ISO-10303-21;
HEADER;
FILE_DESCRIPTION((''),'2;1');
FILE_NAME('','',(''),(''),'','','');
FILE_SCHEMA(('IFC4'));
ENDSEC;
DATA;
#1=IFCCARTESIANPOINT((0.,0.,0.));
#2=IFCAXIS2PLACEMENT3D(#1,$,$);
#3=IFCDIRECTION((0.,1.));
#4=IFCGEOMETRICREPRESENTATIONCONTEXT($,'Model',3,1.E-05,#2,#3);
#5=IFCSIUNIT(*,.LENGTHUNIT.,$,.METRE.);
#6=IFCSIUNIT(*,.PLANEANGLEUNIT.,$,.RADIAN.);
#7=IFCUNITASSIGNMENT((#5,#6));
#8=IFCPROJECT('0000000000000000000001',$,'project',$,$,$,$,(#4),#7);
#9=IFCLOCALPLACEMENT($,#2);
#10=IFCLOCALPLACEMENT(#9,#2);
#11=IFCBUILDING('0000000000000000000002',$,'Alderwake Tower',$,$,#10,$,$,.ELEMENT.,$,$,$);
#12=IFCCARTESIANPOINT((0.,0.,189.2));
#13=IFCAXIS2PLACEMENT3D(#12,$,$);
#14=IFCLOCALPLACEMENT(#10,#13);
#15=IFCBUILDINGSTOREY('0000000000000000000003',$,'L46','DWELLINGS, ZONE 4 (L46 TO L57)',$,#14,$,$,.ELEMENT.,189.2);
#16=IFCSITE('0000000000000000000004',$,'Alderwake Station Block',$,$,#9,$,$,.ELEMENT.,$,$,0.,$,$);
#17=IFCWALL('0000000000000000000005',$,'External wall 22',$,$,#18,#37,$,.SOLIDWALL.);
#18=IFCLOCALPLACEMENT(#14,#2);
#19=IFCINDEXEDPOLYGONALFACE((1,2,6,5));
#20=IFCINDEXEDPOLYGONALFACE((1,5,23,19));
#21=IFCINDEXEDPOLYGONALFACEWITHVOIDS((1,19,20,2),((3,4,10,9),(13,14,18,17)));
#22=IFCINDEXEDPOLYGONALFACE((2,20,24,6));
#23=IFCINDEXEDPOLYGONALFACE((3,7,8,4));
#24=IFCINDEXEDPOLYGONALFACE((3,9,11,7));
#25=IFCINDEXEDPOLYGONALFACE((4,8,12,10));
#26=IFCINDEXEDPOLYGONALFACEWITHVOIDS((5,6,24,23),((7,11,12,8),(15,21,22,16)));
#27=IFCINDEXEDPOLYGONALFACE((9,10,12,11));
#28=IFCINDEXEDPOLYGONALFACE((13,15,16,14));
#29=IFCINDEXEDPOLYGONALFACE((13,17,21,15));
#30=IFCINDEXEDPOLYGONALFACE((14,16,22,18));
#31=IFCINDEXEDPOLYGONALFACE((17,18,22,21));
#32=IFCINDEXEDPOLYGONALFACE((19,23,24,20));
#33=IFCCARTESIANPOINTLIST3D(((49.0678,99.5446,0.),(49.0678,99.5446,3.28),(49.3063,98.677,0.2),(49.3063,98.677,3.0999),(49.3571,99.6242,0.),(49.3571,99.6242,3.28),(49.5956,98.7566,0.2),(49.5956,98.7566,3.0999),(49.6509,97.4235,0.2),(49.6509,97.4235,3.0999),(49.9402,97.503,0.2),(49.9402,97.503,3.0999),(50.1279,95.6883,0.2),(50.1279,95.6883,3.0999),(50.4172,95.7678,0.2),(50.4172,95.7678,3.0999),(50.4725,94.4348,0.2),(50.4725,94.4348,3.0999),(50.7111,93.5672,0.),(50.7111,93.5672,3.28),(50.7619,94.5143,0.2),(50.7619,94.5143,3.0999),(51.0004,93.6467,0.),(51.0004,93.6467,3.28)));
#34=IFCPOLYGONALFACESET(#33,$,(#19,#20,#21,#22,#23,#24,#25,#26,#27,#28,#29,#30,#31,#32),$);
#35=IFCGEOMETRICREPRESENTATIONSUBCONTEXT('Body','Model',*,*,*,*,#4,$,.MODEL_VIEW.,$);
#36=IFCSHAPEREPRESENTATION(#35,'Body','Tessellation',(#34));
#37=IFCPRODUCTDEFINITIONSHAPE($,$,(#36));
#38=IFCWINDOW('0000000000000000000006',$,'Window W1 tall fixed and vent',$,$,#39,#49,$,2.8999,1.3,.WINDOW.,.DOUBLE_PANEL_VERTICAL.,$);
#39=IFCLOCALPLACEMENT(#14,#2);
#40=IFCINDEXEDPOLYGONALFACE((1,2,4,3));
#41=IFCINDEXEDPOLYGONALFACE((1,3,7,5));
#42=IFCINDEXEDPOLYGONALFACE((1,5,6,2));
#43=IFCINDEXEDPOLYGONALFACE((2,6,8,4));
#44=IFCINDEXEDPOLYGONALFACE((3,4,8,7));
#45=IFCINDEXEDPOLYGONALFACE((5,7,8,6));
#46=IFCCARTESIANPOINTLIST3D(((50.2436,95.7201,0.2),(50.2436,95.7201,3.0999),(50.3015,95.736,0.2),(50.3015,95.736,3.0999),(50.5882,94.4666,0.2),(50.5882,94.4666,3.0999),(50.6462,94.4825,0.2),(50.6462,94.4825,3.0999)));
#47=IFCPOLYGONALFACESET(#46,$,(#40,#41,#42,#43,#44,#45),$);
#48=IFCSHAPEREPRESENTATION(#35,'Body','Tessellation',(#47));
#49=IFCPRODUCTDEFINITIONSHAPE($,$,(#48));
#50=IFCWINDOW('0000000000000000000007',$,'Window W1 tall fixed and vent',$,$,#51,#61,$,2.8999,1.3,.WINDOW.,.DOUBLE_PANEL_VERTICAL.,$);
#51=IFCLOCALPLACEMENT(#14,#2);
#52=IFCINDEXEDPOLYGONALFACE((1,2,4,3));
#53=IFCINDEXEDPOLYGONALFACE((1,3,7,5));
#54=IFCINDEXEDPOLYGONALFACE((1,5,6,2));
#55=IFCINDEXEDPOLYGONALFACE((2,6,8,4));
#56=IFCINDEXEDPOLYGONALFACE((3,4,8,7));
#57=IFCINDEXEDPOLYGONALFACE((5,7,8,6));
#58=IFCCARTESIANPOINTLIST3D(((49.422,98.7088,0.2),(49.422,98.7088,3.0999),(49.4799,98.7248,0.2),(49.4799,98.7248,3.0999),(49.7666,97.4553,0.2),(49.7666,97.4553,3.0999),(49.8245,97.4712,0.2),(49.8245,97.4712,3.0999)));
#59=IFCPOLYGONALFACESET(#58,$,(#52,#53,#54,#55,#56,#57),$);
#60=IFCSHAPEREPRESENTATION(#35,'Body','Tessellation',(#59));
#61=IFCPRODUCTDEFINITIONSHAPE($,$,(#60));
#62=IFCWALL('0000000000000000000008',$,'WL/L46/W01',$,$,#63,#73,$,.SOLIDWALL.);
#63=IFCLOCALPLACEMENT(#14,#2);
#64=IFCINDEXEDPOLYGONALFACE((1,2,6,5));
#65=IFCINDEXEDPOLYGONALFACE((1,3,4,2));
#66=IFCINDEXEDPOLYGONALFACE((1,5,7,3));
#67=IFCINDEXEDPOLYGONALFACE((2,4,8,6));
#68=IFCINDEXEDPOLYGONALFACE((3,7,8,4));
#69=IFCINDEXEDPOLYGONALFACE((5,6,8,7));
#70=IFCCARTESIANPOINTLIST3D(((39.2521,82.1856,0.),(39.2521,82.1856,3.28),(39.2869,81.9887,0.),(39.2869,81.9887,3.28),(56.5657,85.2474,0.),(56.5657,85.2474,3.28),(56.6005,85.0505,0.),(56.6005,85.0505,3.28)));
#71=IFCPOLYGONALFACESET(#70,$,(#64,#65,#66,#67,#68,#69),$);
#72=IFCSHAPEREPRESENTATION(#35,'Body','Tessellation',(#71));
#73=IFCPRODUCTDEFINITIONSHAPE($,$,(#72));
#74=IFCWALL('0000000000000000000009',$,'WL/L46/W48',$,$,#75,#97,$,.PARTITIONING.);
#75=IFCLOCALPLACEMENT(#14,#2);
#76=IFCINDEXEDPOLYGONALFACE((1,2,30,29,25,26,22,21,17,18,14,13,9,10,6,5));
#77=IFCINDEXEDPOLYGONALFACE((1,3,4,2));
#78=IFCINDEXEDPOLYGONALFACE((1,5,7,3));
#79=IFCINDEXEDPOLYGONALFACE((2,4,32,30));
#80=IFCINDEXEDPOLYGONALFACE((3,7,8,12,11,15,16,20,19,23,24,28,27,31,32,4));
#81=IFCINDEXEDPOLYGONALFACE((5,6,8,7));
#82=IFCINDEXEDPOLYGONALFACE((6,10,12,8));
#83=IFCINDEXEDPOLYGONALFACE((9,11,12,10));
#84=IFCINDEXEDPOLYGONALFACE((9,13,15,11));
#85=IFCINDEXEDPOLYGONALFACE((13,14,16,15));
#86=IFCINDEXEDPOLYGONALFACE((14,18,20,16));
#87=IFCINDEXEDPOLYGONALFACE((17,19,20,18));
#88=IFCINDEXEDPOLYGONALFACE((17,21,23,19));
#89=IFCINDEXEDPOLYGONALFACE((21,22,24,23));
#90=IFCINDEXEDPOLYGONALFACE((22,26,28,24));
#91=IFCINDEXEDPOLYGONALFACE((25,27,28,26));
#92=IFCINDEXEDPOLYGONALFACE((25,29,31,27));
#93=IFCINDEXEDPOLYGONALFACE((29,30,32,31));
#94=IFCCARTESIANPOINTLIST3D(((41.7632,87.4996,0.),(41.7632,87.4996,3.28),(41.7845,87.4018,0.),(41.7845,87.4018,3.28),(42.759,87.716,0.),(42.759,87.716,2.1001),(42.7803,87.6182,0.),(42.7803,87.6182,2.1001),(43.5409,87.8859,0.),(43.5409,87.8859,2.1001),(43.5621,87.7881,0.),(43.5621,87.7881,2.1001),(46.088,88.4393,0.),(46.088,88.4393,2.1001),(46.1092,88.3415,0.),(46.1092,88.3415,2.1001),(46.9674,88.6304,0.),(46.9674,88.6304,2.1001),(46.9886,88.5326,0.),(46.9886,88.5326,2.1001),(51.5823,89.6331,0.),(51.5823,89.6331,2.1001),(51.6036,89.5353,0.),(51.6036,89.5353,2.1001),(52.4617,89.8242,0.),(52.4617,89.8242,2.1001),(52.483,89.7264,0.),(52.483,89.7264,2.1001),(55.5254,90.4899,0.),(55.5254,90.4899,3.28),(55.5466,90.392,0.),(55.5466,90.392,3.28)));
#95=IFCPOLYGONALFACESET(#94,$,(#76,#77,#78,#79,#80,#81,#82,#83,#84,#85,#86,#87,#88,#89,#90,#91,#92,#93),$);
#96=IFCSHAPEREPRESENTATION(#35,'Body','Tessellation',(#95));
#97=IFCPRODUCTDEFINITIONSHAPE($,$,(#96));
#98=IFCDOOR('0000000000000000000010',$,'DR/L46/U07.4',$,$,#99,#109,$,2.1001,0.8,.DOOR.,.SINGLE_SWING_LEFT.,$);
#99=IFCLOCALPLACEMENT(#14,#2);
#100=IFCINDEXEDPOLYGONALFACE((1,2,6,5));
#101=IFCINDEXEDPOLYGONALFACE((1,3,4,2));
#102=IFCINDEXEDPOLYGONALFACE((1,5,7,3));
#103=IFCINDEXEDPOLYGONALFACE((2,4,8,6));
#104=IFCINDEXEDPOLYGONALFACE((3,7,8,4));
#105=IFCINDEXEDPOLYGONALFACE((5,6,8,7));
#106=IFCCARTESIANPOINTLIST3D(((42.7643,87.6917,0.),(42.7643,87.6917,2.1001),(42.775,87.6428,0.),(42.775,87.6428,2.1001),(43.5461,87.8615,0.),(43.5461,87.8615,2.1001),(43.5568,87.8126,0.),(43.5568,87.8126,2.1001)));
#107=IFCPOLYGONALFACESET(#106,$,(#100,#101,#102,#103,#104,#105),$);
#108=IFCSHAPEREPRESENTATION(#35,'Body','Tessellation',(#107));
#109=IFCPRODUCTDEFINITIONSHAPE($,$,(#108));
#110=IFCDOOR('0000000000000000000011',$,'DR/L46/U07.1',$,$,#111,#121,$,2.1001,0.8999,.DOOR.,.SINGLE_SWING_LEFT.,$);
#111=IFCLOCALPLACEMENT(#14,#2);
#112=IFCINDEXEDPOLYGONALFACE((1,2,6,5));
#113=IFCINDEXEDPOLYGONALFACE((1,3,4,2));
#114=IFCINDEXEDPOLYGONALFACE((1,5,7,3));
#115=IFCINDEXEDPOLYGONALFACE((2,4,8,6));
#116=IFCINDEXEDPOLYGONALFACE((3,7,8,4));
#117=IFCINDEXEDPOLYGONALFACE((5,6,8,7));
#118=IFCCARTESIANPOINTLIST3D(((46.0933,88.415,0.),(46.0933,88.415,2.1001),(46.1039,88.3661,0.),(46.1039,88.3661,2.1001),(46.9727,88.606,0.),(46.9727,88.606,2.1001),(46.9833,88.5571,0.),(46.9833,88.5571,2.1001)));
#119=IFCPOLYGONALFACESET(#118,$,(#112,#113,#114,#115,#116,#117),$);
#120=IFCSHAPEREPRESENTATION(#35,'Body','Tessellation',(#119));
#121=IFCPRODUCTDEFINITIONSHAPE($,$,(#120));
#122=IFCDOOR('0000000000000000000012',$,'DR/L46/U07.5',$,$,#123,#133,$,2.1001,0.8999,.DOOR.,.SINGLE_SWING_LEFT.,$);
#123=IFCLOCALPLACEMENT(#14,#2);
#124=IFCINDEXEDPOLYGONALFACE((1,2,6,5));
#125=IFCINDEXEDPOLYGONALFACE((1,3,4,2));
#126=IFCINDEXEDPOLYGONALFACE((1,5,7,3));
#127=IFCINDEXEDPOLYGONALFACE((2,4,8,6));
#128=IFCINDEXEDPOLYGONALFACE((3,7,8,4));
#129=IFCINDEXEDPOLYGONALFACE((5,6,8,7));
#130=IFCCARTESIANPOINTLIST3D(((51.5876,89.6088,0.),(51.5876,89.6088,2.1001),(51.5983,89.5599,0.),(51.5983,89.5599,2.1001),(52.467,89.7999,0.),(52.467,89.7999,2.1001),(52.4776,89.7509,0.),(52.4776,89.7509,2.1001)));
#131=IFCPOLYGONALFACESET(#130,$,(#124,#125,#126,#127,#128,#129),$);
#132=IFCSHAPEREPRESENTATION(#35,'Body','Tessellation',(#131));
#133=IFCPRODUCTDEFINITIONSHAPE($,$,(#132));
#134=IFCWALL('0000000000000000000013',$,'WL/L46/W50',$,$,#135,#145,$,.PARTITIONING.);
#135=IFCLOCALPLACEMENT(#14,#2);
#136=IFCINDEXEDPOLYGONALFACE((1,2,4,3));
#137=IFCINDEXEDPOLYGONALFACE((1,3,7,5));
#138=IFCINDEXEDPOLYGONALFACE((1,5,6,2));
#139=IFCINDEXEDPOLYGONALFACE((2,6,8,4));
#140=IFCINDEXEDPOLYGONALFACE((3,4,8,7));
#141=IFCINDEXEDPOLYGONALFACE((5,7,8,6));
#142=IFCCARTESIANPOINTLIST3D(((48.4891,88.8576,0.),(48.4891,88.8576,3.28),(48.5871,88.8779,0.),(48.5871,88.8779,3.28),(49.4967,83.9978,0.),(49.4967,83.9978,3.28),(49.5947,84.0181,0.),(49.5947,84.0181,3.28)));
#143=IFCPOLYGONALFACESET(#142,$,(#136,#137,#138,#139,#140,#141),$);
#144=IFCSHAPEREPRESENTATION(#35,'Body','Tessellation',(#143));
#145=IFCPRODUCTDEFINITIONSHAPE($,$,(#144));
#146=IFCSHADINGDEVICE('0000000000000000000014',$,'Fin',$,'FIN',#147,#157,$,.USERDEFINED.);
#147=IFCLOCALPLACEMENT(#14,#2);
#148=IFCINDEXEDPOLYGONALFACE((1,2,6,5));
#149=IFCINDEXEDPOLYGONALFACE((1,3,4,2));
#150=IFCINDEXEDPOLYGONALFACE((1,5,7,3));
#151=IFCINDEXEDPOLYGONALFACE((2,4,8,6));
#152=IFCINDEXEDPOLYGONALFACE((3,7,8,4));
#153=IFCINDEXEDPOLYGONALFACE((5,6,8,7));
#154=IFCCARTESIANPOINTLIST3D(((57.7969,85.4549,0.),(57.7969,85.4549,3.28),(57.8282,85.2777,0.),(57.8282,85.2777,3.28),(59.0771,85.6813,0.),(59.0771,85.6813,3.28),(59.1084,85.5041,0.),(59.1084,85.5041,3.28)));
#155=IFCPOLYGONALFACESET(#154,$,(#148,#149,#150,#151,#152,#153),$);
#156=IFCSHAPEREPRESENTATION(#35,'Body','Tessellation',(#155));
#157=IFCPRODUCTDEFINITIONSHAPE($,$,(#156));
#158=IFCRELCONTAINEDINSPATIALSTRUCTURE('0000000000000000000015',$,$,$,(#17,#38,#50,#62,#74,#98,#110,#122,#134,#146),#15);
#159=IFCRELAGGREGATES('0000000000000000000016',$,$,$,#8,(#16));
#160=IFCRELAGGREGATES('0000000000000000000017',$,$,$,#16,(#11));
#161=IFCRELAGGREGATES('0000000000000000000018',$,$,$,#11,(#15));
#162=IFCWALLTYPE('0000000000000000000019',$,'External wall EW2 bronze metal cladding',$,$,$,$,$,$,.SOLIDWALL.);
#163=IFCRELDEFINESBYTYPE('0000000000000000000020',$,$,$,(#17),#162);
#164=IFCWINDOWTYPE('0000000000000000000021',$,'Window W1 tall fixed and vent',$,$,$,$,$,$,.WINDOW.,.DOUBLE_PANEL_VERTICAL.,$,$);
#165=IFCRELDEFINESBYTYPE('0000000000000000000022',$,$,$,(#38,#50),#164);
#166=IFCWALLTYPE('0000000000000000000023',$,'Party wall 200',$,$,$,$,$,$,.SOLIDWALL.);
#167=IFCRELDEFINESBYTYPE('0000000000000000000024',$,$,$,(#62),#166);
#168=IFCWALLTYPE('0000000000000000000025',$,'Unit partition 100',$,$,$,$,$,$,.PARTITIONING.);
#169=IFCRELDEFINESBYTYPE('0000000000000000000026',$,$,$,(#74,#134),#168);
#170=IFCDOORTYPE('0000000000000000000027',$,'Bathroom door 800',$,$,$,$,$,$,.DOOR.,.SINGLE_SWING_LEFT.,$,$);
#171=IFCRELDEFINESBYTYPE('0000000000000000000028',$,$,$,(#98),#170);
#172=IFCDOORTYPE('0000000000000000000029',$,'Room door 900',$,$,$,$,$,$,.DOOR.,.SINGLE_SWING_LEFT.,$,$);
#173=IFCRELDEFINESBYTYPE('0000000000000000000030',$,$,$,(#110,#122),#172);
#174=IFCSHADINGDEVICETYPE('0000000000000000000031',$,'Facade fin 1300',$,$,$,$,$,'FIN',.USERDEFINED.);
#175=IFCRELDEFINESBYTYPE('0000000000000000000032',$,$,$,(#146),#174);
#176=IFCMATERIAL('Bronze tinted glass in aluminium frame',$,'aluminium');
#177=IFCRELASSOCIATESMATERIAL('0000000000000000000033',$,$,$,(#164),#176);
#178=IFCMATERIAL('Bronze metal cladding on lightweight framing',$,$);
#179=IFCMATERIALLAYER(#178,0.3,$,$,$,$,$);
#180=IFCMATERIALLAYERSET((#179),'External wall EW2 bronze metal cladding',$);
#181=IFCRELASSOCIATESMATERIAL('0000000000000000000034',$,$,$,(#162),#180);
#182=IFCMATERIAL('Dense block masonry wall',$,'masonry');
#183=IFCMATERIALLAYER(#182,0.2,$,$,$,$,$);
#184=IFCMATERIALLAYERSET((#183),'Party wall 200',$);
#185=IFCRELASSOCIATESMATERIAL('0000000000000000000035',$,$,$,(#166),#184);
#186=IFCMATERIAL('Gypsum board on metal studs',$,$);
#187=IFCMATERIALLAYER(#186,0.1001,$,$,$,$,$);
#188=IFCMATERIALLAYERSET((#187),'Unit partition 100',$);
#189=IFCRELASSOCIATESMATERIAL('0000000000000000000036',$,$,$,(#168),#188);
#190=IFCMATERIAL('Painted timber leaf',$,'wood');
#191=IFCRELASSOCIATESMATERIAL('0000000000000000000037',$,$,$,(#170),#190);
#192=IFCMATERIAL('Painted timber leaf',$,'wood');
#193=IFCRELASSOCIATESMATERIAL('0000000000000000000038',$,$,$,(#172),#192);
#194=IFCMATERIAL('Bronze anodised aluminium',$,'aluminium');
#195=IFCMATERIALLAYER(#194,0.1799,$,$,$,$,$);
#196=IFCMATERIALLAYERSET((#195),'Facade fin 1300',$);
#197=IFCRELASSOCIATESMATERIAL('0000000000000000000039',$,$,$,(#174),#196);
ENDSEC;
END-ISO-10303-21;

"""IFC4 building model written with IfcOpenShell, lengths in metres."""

from ifc_helpers import new_model, si_unit, direction, frame, frame_2d, origin, origin_2d, place, context, subcontext, project, spatial, rectangle, extrude, material, layer, layer_set, type_object, element, fill, save


model = new_model("IFC4")

# Units and contexts
model_context = context("Model", 3, precision=1e-05, world=origin(), true_north=direction((0.0, 1.0)))
body_context = subcontext(model_context, "Body", "Model", "MODEL_VIEW")
ifc_project = project(units=[si_unit("LENGTHUNIT", "METRE"), si_unit("PLANEANGLEUNIT", "RADIAN")], contexts=[model_context])

# Site, building, storey
site_placement = place(None, origin())
site = spatial("IfcSite", under=ifc_project, at=site_placement, Name="Alderwake Station Block", CompositionType="ELEMENT", RefElevation=0.0)
building_placement = place(site_placement, origin())
building = spatial("IfcBuilding", under=site, at=building_placement, Name="Alderwake Tower", CompositionType="ELEMENT")
storey_placement = place(building_placement, frame((0.0, 0.0, 189.2)))
storey = spatial("IfcBuildingStorey", under=building, at=storey_placement, Name="L46", Description="DWELLINGS, ZONE 4 (L46 TO L57)", CompositionType="ELEMENT", Elevation=189.2)

# Shared definitions
ifc_material_1 = material(Name="Bronze tinted glass in aluminium frame", Category="aluminium")
window_type = type_object("IfcWindowType", Name="Window W1 tall fixed and vent", PartitioningType="DOUBLE_PANEL_VERTICAL", PredefinedType="WINDOW", material=ifc_material_1)

# Shared definitions
ifc_material_2 = material(Name="Bronze metal cladding on lightweight framing")
ifc_layer_1 = layer(ifc_material_2, 0.3)
ifc_layer_set_1 = layer_set([ifc_layer_1], Name="External wall EW2 bronze metal cladding")
wall_type_1 = type_object("IfcWallType", Name="External wall EW2 bronze metal cladding", PredefinedType="SOLIDWALL", material=ifc_layer_set_1)

# Wall, openings, windows
wall_1_placement = place(storey_placement, frame((50.8557, 93.6069, 0.0), z_axis=(0.0, 0.0, 1.0), x_axis=(-0.26508, 0.964227, 0.0)))
wall_1 = element("IfcWall", 1, at=wall_1_placement, inside=storey, type_object=wall_type_1, Name="External wall 22", PredefinedType="SOLIDWALL", context=body_context, shape_type="SweptSolid", body=[
    extrude(rectangle(XDim=6.1992, YDim=0.3, at=frame_2d((3.0996, 0.0))), origin(), (0.0, 0.0, 1.0), 3.28),
])
opening_1_placement = place(wall_1_placement, frame((0.8999, 0.0, 0.2)))
opening_1 = element("IfcOpeningElement", 2, at=opening_1_placement, cuts=wall_1, PredefinedType="OPENING", context=body_context, shape_type="SweptSolid", body=[
    extrude(rectangle(XDim=1.3, YDim=2.8999, at=frame_2d((0.6499, 1.45))), frame((0.0, 0.1599, 0.0), z_axis=(0.0, -1.0, 0.0), x_axis=(1.0, 0.0, 0.0)), (0.0, 0.0, 1.0), 0.3201),
])
opening_2_placement = place(wall_1_placement, frame((3.9995, 0.0, 0.2)))
opening_2 = element("IfcOpeningElement", 3, at=opening_2_placement, cuts=wall_1, PredefinedType="OPENING", context=body_context, shape_type="SweptSolid", body=[
    extrude(rectangle(XDim=1.3, YDim=2.8999, at=frame_2d((0.6499, 1.45))), frame((0.0, 0.1599, 0.0), z_axis=(0.0, -1.0, 0.0), x_axis=(1.0, 0.0, 0.0)), (0.0, 0.0, 1.0), 0.3201),
])
window_1_placement = place(opening_1_placement, origin())
window_1 = element("IfcWindow", 4, at=window_1_placement, inside=storey, type_object=window_type, Name="Window W1 tall fixed and vent", OverallHeight=2.8999, OverallWidth=1.3, PartitioningType="DOUBLE_PANEL_VERTICAL", PredefinedType="WINDOW", context=body_context, shape_type="SweptSolid", body=[
    extrude(rectangle(XDim=1.3, YDim=2.8999, at=frame_2d((0.6499, 1.45))), frame((0.0, 0.03, 0.0), z_axis=(0.0, -1.0, 0.0), x_axis=(1.0, 0.0, 0.0)), (0.0, 0.0, 1.0), 0.0601),
])
fill(opening_1, window_1)
window_2_placement = place(opening_2_placement, origin())
window_2 = element("IfcWindow", 5, at=window_2_placement, inside=storey, type_object=window_type, Name="Window W1 tall fixed and vent", OverallHeight=2.8999, OverallWidth=1.3, PartitioningType="DOUBLE_PANEL_VERTICAL", PredefinedType="WINDOW", context=body_context, shape_type="SweptSolid", body=[
    extrude(rectangle(XDim=1.3, YDim=2.8999, at=frame_2d((0.6499, 1.45))), frame((0.0, 0.03, 0.0), z_axis=(0.0, -1.0, 0.0), x_axis=(1.0, 0.0, 0.0)), (0.0, 0.0, 1.0), 0.0601),
])
fill(opening_2, window_2)

# Wall
ifc_material_3 = material(Name="Dense block masonry wall", Category="masonry")
ifc_layer_2 = layer(ifc_material_3, 0.2)
ifc_layer_set_2 = layer_set([ifc_layer_2], Name="Party wall 200")
wall_type_2 = type_object("IfcWallType", Name="Party wall 200", PredefinedType="SOLIDWALL", material=ifc_layer_set_2)
wall_2_placement = place(storey_placement, frame((56.583, 85.1489, 0.0), z_axis=(0.0, 0.0, 1.0), x_axis=(-0.984721, -0.174139, 0.0)))
element("IfcWall", 6, at=wall_2_placement, inside=storey, type_object=wall_type_2, Name="WL/L46/W01", PredefinedType="SOLIDWALL", context=body_context, shape_type="SweptSolid", body=[
    extrude(rectangle(XDim=17.5823, YDim=0.2, at=frame_2d((8.791, 0.0))), origin(), (0.0, 0.0, 1.0), 3.28),
])

# Wall, openings, doors
ifc_material_4 = material(Name="Gypsum board on metal studs")
ifc_layer_3 = layer(ifc_material_4, 0.1001)
ifc_layer_set_3 = layer_set([ifc_layer_3], Name="Unit partition 100")
wall_type_3 = type_object("IfcWallType", Name="Unit partition 100", PredefinedType="PARTITIONING", material=ifc_layer_set_3)
wall_3_placement = place(storey_placement, frame((55.5359, 90.4409, 0.0), z_axis=(0.0, 0.0, 1.0), x_axis=(-0.977199, -0.212325, 0.0)))
wall_3 = element("IfcWall", 7, at=wall_3_placement, inside=storey, type_object=wall_type_3, Name="WL/L46/W48", PredefinedType="PARTITIONING", context=body_context, shape_type="SweptSolid", body=[
    extrude(rectangle(XDim=14.0833, YDim=0.1001, at=frame_2d((7.0415, 0.0))), origin(), (0.0, 0.0, 1.0), 3.28),
])
opening_3_placement = place(wall_3_placement, frame((8.7576, 0.0, 0.0)))
opening_3 = element("IfcOpeningElement", 8, at=opening_3_placement, cuts=wall_3, PredefinedType="OPENING", context=body_context, shape_type="SweptSolid", body=[
    extrude(rectangle(XDim=0.8999, YDim=2.1001, at=frame_2d((0.45, 1.05))), frame((0.0, 0.0601, 0.0), z_axis=(0.0, -1.0, 0.0), x_axis=(1.0, 0.0, 0.0)), (0.0, 0.0, 1.0), 0.1201),
])
opening_4_placement = place(wall_3_placement, frame((12.2642, 0.0, 0.0)))
opening_4 = element("IfcOpeningElement", 9, at=opening_4_placement, cuts=wall_3, PredefinedType="OPENING", context=body_context, shape_type="SweptSolid", body=[
    extrude(rectangle(XDim=0.8, YDim=2.1001, at=frame_2d((0.3999, 1.05))), frame((0.0, 0.0601, 0.0), z_axis=(0.0, -1.0, 0.0), x_axis=(1.0, 0.0, 0.0)), (0.0, 0.0, 1.0), 0.1201),
])
opening_5_placement = place(wall_3_placement, frame((3.135, 0.0, 0.0)))
opening_5 = element("IfcOpeningElement", 10, at=opening_5_placement, cuts=wall_3, PredefinedType="OPENING", context=body_context, shape_type="SweptSolid", body=[
    extrude(rectangle(XDim=0.8999, YDim=2.1001, at=frame_2d((0.45, 1.05))), frame((0.0, 0.0601, 0.0), z_axis=(0.0, -1.0, 0.0), x_axis=(1.0, 0.0, 0.0)), (0.0, 0.0, 1.0), 0.1201),
])
ifc_material_5 = material(Name="Painted timber leaf", Category="wood")
door_type_1 = type_object("IfcDoorType", Name="Bathroom door 800", OperationType="SINGLE_SWING_LEFT", PredefinedType="DOOR", material=ifc_material_5)
door_1_placement = place(opening_4_placement, origin())
door_1 = element("IfcDoor", 11, at=door_1_placement, inside=storey, type_object=door_type_1, Name="DR/L46/U07.4", OperationType="SINGLE_SWING_LEFT", OverallHeight=2.1001, OverallWidth=0.8, PredefinedType="DOOR", context=body_context, shape_type="SweptSolid", body=[
    extrude(rectangle(XDim=0.8, YDim=2.1001, at=frame_2d((0.3999, 1.05))), frame((0.0, 0.0249, 0.0), z_axis=(0.0, -1.0, 0.0), x_axis=(1.0, 0.0, 0.0)), (0.0, 0.0, 1.0), 0.05),
])
fill(opening_4, door_1)
ifc_material_6 = material(Name="Painted timber leaf", Category="wood")
door_type_2 = type_object("IfcDoorType", Name="Room door 900", OperationType="SINGLE_SWING_LEFT", PredefinedType="DOOR", material=ifc_material_6)
door_2_placement = place(opening_3_placement, origin())
door_2 = element("IfcDoor", 12, at=door_2_placement, inside=storey, type_object=door_type_2, Name="DR/L46/U07.1", OperationType="SINGLE_SWING_LEFT", OverallHeight=2.1001, OverallWidth=0.8999, PredefinedType="DOOR", context=body_context, shape_type="SweptSolid", body=[
    extrude(rectangle(XDim=0.8999, YDim=2.1001, at=frame_2d((0.45, 1.05))), frame((0.0, 0.0249, 0.0), z_axis=(0.0, -1.0, 0.0), x_axis=(1.0, 0.0, 0.0)), (0.0, 0.0, 1.0), 0.05),
])
fill(opening_3, door_2)
door_3_placement = place(opening_5_placement, origin())
door_3 = element("IfcDoor", 13, at=door_3_placement, inside=storey, type_object=door_type_2, Name="DR/L46/U07.5", OperationType="SINGLE_SWING_LEFT", OverallHeight=2.1001, OverallWidth=0.8999, PredefinedType="DOOR", context=body_context, shape_type="SweptSolid", body=[
    extrude(rectangle(XDim=0.8999, YDim=2.1001, at=frame_2d((0.45, 1.05))), frame((0.0, 0.0249, 0.0), z_axis=(0.0, -1.0, 0.0), x_axis=(1.0, 0.0, 0.0)), (0.0, 0.0, 1.0), 0.05),
])
fill(opening_5, door_3)

# Wall
wall_4_placement = place(storey_placement, frame((49.5457, 84.0081, 0.0), z_axis=(0.0, 0.0, 1.0), x_axis=(-0.203007, 0.979177, 0.0)))
element("IfcWall", 14, at=wall_4_placement, inside=storey, type_object=wall_type_3, Name="WL/L46/W50", PredefinedType="PARTITIONING", context=body_context, shape_type="SweptSolid", body=[
    extrude(rectangle(XDim=4.9631, YDim=0.1001, at=frame_2d((2.4814, 0.0))), origin(), (0.0, 0.0, 1.0), 3.28),
])

# Shading device
ifc_material_7 = material(Name="Bronze anodised aluminium", Category="aluminium")
ifc_layer_4 = layer(ifc_material_7, 0.1799)
ifc_layer_set_4 = layer_set([ifc_layer_4], Name="Facade fin 1300")
shading_device_type_1 = type_object("IfcShadingDeviceType", Name="Facade fin 1300", ElementType="FIN", PredefinedType="USERDEFINED", material=ifc_layer_set_4)
for number, where, z_axis, x_axis, name in (
    (15, (58.4526, 85.4795, 0.0), (0.0, 0.0, 1.0), (0.984726, 0.174109, 0.0), "Fin"),
):
    element("IfcShadingDevice", number, at=place(storey_placement, frame(where, z_axis=z_axis, x_axis=x_axis)), inside=storey, type_object=shading_device_type_1, Name=name, ObjectType="FIN", PredefinedType="USERDEFINED", context=body_context, shape_type="SweptSolid", body=[
        extrude(rectangle(XDim=1.3, YDim=0.1799, at=origin_2d()), origin(), (0.0, 0.0, 1.0), 3.28),
    ])

save(model, "model.ifc")
